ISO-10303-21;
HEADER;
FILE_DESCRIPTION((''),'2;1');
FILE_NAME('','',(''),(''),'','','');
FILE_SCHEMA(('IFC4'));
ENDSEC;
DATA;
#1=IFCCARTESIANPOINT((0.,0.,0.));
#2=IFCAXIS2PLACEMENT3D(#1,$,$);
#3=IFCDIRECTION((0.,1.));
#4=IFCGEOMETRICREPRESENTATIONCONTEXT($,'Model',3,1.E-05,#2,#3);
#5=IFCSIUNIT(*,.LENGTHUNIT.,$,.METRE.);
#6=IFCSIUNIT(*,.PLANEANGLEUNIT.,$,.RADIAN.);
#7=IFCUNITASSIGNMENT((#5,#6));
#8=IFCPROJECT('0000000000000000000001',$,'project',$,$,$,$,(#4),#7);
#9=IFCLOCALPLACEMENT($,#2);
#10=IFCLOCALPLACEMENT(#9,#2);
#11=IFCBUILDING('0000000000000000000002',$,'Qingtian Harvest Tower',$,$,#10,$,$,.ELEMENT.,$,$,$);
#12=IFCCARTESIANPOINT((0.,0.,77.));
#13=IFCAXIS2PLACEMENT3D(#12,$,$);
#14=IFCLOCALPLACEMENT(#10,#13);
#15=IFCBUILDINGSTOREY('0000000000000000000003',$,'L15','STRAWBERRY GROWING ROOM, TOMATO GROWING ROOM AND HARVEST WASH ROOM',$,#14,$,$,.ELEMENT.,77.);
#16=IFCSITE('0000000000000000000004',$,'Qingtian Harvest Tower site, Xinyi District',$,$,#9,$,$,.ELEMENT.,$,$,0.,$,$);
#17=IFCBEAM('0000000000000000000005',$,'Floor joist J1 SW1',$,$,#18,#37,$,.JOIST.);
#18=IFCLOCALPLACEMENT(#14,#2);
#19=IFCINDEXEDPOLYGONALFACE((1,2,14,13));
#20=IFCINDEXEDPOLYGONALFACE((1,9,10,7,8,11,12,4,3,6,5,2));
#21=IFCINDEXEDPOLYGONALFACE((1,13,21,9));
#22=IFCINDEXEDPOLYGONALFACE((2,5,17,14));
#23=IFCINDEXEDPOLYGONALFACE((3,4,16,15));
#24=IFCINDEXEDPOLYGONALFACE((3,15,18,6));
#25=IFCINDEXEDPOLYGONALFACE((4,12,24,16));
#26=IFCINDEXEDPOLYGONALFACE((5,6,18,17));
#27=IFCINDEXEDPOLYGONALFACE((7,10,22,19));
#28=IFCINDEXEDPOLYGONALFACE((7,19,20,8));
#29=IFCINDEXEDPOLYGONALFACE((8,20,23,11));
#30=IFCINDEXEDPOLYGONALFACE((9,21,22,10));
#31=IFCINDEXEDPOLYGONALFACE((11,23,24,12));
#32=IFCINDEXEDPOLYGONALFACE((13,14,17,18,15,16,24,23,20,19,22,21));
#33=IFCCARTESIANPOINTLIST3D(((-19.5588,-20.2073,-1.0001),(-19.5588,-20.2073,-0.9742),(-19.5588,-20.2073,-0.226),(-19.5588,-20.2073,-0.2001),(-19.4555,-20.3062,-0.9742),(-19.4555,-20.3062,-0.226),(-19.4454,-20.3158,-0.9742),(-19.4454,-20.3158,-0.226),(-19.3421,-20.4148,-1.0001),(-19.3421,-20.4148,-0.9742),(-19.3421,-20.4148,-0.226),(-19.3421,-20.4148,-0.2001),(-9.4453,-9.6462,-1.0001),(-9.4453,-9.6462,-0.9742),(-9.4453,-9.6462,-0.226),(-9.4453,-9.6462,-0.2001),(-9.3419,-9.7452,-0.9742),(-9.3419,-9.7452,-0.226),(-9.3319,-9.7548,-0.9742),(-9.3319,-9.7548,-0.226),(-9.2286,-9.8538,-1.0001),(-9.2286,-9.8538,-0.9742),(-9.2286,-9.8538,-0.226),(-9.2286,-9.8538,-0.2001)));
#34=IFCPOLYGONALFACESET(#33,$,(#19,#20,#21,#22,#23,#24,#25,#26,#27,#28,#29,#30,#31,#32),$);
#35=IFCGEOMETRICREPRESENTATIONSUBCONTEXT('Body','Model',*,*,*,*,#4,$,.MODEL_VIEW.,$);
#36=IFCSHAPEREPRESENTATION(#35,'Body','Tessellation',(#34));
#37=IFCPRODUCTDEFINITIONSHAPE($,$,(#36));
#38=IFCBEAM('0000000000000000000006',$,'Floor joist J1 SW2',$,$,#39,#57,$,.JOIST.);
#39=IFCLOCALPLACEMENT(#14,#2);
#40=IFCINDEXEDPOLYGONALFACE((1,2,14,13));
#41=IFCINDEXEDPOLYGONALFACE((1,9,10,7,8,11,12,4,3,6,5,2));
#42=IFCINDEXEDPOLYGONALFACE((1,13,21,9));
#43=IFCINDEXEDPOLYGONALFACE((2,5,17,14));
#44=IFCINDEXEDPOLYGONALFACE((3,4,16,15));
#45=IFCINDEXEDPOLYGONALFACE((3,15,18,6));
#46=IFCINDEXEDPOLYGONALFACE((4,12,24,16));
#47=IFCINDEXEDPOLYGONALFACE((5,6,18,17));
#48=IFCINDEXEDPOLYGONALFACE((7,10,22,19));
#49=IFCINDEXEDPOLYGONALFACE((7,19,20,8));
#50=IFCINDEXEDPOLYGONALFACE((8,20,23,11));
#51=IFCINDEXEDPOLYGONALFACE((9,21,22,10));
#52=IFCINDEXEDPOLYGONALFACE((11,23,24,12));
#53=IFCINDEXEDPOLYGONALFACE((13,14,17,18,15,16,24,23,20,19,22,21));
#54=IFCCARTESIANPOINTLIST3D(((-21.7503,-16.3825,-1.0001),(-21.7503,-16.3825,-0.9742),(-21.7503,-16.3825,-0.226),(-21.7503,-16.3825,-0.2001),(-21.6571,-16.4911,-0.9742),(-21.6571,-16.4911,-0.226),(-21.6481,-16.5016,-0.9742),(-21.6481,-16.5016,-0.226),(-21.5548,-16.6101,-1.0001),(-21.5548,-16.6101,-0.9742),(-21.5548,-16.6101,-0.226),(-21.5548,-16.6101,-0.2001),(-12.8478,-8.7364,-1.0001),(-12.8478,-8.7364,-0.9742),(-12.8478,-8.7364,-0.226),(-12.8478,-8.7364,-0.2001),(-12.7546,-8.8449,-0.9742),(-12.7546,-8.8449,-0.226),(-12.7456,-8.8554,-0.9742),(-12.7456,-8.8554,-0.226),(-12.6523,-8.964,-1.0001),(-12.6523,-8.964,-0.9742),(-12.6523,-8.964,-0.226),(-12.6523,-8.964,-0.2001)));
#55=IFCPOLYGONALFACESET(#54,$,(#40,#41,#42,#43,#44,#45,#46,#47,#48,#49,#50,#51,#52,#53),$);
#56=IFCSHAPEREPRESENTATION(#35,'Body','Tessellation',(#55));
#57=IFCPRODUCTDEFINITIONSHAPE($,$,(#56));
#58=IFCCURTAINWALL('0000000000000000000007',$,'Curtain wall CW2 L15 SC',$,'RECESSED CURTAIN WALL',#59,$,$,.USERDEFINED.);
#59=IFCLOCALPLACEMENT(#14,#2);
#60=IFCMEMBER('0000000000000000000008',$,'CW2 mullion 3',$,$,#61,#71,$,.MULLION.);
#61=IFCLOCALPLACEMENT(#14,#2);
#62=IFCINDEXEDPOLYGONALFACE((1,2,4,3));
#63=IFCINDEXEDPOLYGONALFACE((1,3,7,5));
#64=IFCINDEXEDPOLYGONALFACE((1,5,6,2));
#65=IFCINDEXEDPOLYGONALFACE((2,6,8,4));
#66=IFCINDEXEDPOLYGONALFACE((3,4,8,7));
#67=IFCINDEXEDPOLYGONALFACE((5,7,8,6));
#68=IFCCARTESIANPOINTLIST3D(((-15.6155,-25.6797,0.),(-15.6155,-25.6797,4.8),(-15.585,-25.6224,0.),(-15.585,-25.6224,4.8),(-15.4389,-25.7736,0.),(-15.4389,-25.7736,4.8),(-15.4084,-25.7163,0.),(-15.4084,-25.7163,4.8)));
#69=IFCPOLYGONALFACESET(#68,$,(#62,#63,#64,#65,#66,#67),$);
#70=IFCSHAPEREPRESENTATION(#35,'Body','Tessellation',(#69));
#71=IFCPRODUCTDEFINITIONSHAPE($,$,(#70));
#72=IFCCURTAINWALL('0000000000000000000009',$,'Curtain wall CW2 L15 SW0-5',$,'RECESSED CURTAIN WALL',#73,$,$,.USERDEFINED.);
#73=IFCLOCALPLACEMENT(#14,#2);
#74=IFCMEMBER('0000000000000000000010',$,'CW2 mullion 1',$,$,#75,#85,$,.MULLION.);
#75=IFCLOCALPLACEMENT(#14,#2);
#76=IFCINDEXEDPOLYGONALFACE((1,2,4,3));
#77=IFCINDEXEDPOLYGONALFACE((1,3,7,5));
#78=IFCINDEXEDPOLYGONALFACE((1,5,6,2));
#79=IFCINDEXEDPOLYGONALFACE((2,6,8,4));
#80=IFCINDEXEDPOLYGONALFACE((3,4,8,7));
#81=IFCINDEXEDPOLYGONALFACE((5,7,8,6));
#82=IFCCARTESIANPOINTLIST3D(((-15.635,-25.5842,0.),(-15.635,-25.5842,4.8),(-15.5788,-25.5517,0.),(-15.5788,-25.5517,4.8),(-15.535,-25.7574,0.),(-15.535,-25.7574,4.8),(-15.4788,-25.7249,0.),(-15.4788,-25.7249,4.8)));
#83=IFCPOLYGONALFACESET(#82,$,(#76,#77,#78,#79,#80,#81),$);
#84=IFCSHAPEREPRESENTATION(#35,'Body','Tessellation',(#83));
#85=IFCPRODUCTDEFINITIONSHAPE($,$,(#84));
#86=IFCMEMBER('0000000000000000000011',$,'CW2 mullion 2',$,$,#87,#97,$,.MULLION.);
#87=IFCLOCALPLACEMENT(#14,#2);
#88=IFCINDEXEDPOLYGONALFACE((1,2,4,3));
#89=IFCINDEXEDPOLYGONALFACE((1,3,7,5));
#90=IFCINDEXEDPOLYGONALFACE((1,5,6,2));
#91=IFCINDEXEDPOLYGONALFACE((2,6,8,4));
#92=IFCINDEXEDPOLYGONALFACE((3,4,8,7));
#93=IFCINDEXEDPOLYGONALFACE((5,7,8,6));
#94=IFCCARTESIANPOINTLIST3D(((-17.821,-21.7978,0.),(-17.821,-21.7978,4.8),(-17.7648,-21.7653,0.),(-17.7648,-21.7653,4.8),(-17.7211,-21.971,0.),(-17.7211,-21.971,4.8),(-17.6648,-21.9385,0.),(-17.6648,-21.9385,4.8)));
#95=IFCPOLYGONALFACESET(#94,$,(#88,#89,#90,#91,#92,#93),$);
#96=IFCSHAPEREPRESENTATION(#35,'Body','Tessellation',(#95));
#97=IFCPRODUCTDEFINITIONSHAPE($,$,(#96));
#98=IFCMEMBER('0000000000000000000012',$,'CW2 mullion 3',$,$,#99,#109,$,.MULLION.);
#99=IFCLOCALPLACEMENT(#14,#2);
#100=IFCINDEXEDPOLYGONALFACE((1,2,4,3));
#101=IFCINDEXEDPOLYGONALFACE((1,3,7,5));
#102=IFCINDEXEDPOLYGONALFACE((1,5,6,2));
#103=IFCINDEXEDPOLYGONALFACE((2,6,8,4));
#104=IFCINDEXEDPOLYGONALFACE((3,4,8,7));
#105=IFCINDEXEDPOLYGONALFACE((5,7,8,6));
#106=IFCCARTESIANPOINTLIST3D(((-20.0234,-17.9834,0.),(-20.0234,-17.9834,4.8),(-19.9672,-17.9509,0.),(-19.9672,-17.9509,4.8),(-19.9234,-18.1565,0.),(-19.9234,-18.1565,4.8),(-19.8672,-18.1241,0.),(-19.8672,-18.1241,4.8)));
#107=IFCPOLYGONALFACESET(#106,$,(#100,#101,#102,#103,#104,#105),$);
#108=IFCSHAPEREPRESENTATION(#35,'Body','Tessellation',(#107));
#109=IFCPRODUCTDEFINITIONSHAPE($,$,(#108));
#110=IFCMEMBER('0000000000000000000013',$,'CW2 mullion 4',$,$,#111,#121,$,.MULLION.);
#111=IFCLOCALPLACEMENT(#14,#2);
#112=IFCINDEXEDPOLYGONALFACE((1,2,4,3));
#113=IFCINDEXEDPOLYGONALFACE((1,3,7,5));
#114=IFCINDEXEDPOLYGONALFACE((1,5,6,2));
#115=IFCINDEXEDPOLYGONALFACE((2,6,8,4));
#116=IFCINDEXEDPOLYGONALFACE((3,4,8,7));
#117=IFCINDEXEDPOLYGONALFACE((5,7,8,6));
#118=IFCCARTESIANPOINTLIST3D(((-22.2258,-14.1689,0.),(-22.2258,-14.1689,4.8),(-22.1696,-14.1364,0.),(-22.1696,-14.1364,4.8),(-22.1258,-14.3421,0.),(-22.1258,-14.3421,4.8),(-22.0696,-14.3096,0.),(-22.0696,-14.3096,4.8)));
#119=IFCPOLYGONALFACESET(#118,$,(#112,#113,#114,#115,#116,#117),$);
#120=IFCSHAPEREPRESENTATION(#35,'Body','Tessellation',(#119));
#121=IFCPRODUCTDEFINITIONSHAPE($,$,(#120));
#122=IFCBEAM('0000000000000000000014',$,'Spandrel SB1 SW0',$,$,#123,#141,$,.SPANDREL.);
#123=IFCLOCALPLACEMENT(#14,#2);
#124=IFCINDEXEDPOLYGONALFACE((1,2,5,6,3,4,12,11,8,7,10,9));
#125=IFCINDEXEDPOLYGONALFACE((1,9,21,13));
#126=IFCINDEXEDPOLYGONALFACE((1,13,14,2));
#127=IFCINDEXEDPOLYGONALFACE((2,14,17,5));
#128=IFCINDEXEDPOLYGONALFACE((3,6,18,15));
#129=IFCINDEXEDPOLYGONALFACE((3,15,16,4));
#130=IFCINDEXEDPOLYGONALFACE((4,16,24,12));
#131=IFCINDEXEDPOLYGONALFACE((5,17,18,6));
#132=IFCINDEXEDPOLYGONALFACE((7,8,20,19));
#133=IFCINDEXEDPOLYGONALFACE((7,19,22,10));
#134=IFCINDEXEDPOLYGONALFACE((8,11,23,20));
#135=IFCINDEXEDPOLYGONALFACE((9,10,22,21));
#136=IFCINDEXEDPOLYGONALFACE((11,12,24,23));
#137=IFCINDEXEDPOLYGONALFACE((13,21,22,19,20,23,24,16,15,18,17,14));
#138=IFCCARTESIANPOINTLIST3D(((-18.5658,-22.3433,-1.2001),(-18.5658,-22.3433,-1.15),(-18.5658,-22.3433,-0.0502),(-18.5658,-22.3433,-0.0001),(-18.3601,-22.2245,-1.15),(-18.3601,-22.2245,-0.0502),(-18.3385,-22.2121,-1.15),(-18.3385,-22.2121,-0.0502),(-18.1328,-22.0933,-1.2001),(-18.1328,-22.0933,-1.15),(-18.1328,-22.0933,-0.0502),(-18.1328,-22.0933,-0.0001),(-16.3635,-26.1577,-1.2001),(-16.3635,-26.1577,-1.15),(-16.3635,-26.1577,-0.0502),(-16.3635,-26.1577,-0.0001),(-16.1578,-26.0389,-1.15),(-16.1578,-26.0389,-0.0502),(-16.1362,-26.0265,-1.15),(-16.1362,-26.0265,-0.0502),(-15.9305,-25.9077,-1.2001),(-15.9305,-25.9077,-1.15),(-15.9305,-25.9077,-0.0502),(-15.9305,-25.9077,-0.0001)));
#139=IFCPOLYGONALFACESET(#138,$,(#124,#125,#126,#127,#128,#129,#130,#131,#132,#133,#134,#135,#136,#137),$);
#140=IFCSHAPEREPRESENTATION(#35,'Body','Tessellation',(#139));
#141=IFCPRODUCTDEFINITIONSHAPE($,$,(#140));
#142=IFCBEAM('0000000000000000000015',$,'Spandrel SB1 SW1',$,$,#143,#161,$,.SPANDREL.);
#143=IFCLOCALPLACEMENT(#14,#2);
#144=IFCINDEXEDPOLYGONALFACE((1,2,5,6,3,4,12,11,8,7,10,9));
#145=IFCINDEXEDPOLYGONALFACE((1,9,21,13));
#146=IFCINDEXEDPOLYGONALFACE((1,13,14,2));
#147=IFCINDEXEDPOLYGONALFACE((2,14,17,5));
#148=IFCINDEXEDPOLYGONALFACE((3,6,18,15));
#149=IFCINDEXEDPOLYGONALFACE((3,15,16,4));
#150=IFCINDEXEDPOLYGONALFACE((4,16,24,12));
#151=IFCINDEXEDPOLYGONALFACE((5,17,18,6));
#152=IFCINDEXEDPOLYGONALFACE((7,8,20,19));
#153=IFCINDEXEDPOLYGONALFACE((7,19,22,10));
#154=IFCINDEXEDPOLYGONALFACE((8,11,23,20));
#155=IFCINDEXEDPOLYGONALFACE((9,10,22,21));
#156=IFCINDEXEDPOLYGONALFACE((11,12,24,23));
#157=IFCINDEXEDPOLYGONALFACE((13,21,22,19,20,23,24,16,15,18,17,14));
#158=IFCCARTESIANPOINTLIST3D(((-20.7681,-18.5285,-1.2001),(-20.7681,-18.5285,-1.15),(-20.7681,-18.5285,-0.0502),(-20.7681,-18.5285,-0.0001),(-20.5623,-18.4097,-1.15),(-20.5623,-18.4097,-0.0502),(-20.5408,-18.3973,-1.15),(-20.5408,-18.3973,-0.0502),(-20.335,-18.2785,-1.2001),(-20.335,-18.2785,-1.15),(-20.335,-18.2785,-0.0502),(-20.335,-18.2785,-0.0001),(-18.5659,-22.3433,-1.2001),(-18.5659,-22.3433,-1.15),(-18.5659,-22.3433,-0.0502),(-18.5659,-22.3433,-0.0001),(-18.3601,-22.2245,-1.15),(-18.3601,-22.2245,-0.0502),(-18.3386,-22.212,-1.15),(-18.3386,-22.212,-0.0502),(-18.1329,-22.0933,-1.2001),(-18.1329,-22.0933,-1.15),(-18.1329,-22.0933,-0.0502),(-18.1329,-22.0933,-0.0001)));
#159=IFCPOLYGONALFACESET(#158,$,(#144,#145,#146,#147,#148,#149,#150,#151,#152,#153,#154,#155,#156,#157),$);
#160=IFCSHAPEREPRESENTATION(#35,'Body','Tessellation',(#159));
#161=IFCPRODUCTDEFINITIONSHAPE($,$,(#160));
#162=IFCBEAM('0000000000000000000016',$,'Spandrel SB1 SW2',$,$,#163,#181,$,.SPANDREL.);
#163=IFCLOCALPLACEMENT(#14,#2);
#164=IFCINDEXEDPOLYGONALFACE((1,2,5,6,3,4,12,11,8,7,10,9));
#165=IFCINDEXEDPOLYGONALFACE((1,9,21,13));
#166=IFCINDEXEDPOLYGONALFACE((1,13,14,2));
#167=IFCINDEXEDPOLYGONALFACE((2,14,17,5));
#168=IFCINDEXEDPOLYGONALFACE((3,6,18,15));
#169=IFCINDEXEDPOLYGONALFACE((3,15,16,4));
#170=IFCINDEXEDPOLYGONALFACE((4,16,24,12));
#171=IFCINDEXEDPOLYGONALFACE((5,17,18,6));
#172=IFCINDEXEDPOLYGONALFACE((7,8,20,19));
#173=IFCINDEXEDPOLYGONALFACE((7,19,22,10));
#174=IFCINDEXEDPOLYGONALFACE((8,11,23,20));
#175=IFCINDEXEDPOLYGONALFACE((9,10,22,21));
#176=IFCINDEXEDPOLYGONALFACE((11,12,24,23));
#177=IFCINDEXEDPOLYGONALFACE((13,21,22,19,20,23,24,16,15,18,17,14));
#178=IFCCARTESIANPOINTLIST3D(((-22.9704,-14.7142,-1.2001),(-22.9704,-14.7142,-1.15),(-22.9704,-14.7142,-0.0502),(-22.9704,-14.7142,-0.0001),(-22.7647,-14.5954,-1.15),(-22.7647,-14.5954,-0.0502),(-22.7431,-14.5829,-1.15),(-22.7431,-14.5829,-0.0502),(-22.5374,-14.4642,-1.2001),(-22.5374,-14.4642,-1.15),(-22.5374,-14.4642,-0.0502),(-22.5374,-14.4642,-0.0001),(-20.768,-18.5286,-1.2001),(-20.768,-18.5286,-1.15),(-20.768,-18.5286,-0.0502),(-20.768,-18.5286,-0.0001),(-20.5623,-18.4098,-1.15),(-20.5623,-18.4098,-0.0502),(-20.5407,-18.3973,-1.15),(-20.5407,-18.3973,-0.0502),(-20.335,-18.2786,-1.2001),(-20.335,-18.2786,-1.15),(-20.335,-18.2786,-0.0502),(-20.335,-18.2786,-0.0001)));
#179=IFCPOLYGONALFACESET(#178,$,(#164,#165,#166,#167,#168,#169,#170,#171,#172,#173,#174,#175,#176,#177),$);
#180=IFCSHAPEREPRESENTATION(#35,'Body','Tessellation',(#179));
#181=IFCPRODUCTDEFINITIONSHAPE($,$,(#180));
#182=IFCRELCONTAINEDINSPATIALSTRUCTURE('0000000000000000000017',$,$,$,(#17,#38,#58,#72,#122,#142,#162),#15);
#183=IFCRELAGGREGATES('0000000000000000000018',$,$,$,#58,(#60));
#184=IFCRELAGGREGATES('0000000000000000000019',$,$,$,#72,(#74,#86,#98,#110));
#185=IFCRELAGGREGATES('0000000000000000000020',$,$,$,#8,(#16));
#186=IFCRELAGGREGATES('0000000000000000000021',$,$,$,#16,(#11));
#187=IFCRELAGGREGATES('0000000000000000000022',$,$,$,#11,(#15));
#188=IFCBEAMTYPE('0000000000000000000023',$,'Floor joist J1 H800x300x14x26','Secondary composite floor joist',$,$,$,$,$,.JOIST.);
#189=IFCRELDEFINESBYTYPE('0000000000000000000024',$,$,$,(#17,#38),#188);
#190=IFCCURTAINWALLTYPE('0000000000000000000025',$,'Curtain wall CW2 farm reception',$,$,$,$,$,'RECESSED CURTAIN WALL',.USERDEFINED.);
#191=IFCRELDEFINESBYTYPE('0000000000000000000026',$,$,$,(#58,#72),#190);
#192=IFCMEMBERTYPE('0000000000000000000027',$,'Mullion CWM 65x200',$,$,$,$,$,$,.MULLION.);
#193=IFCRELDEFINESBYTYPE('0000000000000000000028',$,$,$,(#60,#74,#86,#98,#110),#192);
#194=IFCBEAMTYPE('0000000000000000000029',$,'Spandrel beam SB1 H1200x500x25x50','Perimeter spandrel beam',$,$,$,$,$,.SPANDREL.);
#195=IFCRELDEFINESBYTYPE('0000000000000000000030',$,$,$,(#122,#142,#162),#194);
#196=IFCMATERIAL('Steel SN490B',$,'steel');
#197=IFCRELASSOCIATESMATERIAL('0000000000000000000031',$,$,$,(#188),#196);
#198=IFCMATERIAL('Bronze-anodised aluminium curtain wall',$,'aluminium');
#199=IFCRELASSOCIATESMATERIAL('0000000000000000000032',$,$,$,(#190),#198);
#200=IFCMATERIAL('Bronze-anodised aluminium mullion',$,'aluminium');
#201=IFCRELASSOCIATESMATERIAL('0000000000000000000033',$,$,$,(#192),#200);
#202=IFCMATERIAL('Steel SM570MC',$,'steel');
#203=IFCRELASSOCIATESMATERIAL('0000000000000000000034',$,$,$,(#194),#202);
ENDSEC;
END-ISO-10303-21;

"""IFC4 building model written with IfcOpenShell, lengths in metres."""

from ifc_helpers import new_model, si_unit, direction, frame, origin, origin_2d, place, context, subcontext, project, spatial, rectangle, i_section, extrude, material, material_profile, profile_set, type_object, element, aggregate, save


model = new_model("IFC4")

# Units and contexts
model_context = context("Model", 3, precision=1e-05, world=origin(), true_north=direction((0.0, 1.0)))
body_context = subcontext(model_context, "Body", "Model", "MODEL_VIEW")
ifc_project = project(units=[si_unit("LENGTHUNIT", "METRE"), si_unit("PLANEANGLEUNIT", "RADIAN")], contexts=[model_context])

# Site, building, storey
site_placement = place(None, origin())
site = spatial("IfcSite", under=ifc_project, at=site_placement, Name="Qingtian Harvest Tower site, Xinyi District", CompositionType="ELEMENT", RefElevation=0.0)
building_placement = place(site_placement, origin())
building = spatial("IfcBuilding", under=site, at=building_placement, Name="Qingtian Harvest Tower", CompositionType="ELEMENT")
storey_placement = place(building_placement, frame((0.0, 0.0, 77.0)))
storey = spatial("IfcBuildingStorey", under=building, at=storey_placement, Name="L15", Description="STRAWBERRY GROWING ROOM, TOMATO GROWING ROOM AND HARVEST WASH ROOM", CompositionType="ELEMENT", Elevation=77.0)

# Beams
ifc_material_1 = material(Name="Steel SN490B", Category="steel")
ifc_material_profile_1 = material_profile(ifc_material_1, i_section(OverallWidth=0.3, OverallDepth=0.8, WebThickness=0.0139, FlangeThickness=0.0259, at=origin_2d()), Name="H800x300x14x26")
ifc_profile_set_1 = profile_set([ifc_material_profile_1], Name="Steel SN490B")
beam_type_1 = type_object("IfcBeamType", Name="Floor joist J1 H800x300x14x26", Description="Secondary composite floor joist", PredefinedType="JOIST", material=ifc_profile_set_1)
beam_1_placement = place(storey_placement, frame((-19.4504, -20.311, -0.6001), z_axis=(0.691639, 0.722243, 0.0), x_axis=(-0.722243, 0.691639, 0.0)))
element("IfcBeam", 1, at=beam_1_placement, inside=storey, type_object=beam_type_1, Name="Floor joist J1 SW1", PredefinedType="JOIST", context=body_context, shape_type="SweptSolid", body=[
    extrude(i_section(OverallWidth=0.3, OverallDepth=0.8, WebThickness=0.0139, FlangeThickness=0.0259, at=origin_2d()), origin(), (0.0, 0.0, 1.0), 14.6226),
])
beam_2_placement = place(storey_placement, frame((-21.6526, -16.4963, -0.6001), z_axis=(0.758606, 0.65155, 0.0), x_axis=(-0.65155, 0.758606, 0.0)))
element("IfcBeam", 2, at=beam_2_placement, inside=storey, type_object=beam_type_1, Name="Floor joist J1 SW2", PredefinedType="JOIST", context=body_context, shape_type="SweptSolid", body=[
    extrude(i_section(OverallWidth=0.3, OverallDepth=0.8, WebThickness=0.0139, FlangeThickness=0.0259, at=origin_2d()), origin(), (0.0, 0.0, 1.0), 11.7354),
])

# Curtain wall, member
ifc_material_2 = material(Name="Bronze-anodised aluminium curtain wall", Category="aluminium")
curtain_wall_type = type_object("IfcCurtainWallType", Name="Curtain wall CW2 farm reception", ElementType="RECESSED CURTAIN WALL", PredefinedType="USERDEFINED", material=ifc_material_2)
curtain_wall_1_placement = place(storey_placement, origin())
curtain_wall_1 = element("IfcCurtainWall", 3, at=curtain_wall_1_placement, inside=storey, type_object=curtain_wall_type, Name="Curtain wall CW2 L15 SC", ObjectType="RECESSED CURTAIN WALL", PredefinedType="USERDEFINED")
ifc_material_3 = material(Name="Bronze-anodised aluminium mullion", Category="aluminium")
ifc_material_profile_2 = material_profile(ifc_material_3, rectangle(XDim=0.0649, YDim=0.2, at=origin_2d()), Name="AL 65x200")
ifc_profile_set_2 = profile_set([ifc_material_profile_2], Name="Bronze-anodised aluminium mullion")
member_type_1 = type_object("IfcMemberType", Name="Mullion CWM 65x200", PredefinedType="MULLION", material=ifc_profile_set_2)
member_1_placement = place(storey_placement, frame((-15.512, -25.698, 0.0), z_axis=(0.0, 0.0, 1.0), x_axis=(-0.469472, -0.882948, 0.0)))
member_1 = element("IfcMember", 4, at=member_1_placement, type_object=member_type_1, Name="CW2 mullion 3", PredefinedType="MULLION", context=body_context, shape_type="SweptSolid", body=[
    extrude(rectangle(XDim=0.0649, YDim=0.2, at=origin_2d()), origin(), (0.0, 0.0, 1.0), 4.8),
])

# Curtain wall, members
curtain_wall_2_placement = place(storey_placement, origin())
curtain_wall_2 = element("IfcCurtainWall", 5, at=curtain_wall_2_placement, inside=storey, type_object=curtain_wall_type, Name="Curtain wall CW2 L15 SW0-5", ObjectType="RECESSED CURTAIN WALL", PredefinedType="USERDEFINED")
member_2_placement = place(storey_placement, frame((-15.5569, -25.6545, 0.0), z_axis=(0.0, 0.0, 1.0), x_axis=(-0.866025, -0.5, 0.0)))
member_2 = element("IfcMember", 6, at=member_2_placement, type_object=member_type_1, Name="CW2 mullion 1", PredefinedType="MULLION", context=body_context, shape_type="SweptSolid", body=[
    extrude(rectangle(XDim=0.0649, YDim=0.2, at=origin_2d()), origin(), (0.0, 0.0, 1.0), 4.8),
])
member_3_placement = place(storey_placement, frame((-17.7429, -21.8682, 0.0), z_axis=(0.0, 0.0, 1.0), x_axis=(-0.866025, -0.5, 0.0)))
member_3 = element("IfcMember", 7, at=member_3_placement, type_object=member_type_1, Name="CW2 mullion 2", PredefinedType="MULLION", context=body_context, shape_type="SweptSolid", body=[
    extrude(rectangle(XDim=0.0649, YDim=0.2, at=origin_2d()), origin(), (0.0, 0.0, 1.0), 4.8),
])
member_4_placement = place(storey_placement, frame((-19.9453, -18.0537, 0.0), z_axis=(0.0, 0.0, 1.0), x_axis=(-0.866025, -0.5, 0.0)))
member_4 = element("IfcMember", 8, at=member_4_placement, type_object=member_type_1, Name="CW2 mullion 3", PredefinedType="MULLION", context=body_context, shape_type="SweptSolid", body=[
    extrude(rectangle(XDim=0.0649, YDim=0.2, at=origin_2d()), origin(), (0.0, 0.0, 1.0), 4.8),
])
member_5_placement = place(storey_placement, frame((-22.1477, -14.2393, 0.0), z_axis=(0.0, 0.0, 1.0), x_axis=(-0.866025, -0.5, 0.0)))
member_5 = element("IfcMember", 9, at=member_5_placement, type_object=member_type_1, Name="CW2 mullion 4", PredefinedType="MULLION", context=body_context, shape_type="SweptSolid", body=[
    extrude(rectangle(XDim=0.0649, YDim=0.2, at=origin_2d()), origin(), (0.0, 0.0, 1.0), 4.8),
])

# Beams
ifc_material_4 = material(Name="Steel SM570MC", Category="steel")
ifc_material_profile_3 = material_profile(ifc_material_4, i_section(OverallWidth=0.5, OverallDepth=1.2, WebThickness=0.0249, FlangeThickness=0.05, at=origin_2d()), Name="H1200x500x25x50")
ifc_profile_set_3 = profile_set([ifc_material_profile_3], Name="Steel SM570MC")
beam_type_2 = type_object("IfcBeamType", Name="Spandrel beam SB1 H1200x500x25x50", Description="Perimeter spandrel beam", PredefinedType="SPANDREL", material=ifc_profile_set_3)
beam_3_placement = place(storey_placement, frame((-16.147, -26.0327, -0.6001), z_axis=(-0.50002, 0.866014, 0.0), x_axis=(-0.866014, -0.50002, 0.0)))
element("IfcBeam", 10, at=beam_3_placement, inside=storey, type_object=beam_type_2, Name="Spandrel SB1 SW0", PredefinedType="SPANDREL", context=body_context, shape_type="SweptSolid", body=[
    extrude(i_section(OverallWidth=0.5, OverallDepth=1.2, WebThickness=0.0249, FlangeThickness=0.05, at=origin_2d()), origin(), (0.0, 0.0, 1.0), 4.4045),
])
beam_4_placement = place(storey_placement, frame((-18.3494, -22.2183, -0.6001), z_axis=(-0.499954, 0.866052, 0.0), x_axis=(-0.866052, -0.499954, 0.0)))
element("IfcBeam", 11, at=beam_4_placement, inside=storey, type_object=beam_type_2, Name="Spandrel SB1 SW1", PredefinedType="SPANDREL", context=body_context, shape_type="SweptSolid", body=[
    extrude(i_section(OverallWidth=0.5, OverallDepth=1.2, WebThickness=0.0249, FlangeThickness=0.05, at=origin_2d()), origin(), (0.0, 0.0, 1.0), 4.4048),
])
for number, where, z_axis, x_axis, name in (
    (12, (-20.5515, -18.4036, -0.6001), (-0.50002, 0.866014, 0.0), (-0.866014, -0.50002, 0.0), "Spandrel SB1 SW2"),
):
    element("IfcBeam", number, at=place(storey_placement, frame(where, z_axis=z_axis, x_axis=x_axis)), inside=storey, type_object=beam_type_2, Name=name, PredefinedType="SPANDREL", context=body_context, shape_type="SweptSolid", body=[
        extrude(i_section(OverallWidth=0.5, OverallDepth=1.2, WebThickness=0.0249, FlangeThickness=0.05, at=origin_2d()), origin(), (0.0, 0.0, 1.0), 4.4045),
    ])

aggregate(curtain_wall_1, [member_1])
aggregate(curtain_wall_2, [member_2, member_3, member_4, member_5])

save(model, "model.ifc")
